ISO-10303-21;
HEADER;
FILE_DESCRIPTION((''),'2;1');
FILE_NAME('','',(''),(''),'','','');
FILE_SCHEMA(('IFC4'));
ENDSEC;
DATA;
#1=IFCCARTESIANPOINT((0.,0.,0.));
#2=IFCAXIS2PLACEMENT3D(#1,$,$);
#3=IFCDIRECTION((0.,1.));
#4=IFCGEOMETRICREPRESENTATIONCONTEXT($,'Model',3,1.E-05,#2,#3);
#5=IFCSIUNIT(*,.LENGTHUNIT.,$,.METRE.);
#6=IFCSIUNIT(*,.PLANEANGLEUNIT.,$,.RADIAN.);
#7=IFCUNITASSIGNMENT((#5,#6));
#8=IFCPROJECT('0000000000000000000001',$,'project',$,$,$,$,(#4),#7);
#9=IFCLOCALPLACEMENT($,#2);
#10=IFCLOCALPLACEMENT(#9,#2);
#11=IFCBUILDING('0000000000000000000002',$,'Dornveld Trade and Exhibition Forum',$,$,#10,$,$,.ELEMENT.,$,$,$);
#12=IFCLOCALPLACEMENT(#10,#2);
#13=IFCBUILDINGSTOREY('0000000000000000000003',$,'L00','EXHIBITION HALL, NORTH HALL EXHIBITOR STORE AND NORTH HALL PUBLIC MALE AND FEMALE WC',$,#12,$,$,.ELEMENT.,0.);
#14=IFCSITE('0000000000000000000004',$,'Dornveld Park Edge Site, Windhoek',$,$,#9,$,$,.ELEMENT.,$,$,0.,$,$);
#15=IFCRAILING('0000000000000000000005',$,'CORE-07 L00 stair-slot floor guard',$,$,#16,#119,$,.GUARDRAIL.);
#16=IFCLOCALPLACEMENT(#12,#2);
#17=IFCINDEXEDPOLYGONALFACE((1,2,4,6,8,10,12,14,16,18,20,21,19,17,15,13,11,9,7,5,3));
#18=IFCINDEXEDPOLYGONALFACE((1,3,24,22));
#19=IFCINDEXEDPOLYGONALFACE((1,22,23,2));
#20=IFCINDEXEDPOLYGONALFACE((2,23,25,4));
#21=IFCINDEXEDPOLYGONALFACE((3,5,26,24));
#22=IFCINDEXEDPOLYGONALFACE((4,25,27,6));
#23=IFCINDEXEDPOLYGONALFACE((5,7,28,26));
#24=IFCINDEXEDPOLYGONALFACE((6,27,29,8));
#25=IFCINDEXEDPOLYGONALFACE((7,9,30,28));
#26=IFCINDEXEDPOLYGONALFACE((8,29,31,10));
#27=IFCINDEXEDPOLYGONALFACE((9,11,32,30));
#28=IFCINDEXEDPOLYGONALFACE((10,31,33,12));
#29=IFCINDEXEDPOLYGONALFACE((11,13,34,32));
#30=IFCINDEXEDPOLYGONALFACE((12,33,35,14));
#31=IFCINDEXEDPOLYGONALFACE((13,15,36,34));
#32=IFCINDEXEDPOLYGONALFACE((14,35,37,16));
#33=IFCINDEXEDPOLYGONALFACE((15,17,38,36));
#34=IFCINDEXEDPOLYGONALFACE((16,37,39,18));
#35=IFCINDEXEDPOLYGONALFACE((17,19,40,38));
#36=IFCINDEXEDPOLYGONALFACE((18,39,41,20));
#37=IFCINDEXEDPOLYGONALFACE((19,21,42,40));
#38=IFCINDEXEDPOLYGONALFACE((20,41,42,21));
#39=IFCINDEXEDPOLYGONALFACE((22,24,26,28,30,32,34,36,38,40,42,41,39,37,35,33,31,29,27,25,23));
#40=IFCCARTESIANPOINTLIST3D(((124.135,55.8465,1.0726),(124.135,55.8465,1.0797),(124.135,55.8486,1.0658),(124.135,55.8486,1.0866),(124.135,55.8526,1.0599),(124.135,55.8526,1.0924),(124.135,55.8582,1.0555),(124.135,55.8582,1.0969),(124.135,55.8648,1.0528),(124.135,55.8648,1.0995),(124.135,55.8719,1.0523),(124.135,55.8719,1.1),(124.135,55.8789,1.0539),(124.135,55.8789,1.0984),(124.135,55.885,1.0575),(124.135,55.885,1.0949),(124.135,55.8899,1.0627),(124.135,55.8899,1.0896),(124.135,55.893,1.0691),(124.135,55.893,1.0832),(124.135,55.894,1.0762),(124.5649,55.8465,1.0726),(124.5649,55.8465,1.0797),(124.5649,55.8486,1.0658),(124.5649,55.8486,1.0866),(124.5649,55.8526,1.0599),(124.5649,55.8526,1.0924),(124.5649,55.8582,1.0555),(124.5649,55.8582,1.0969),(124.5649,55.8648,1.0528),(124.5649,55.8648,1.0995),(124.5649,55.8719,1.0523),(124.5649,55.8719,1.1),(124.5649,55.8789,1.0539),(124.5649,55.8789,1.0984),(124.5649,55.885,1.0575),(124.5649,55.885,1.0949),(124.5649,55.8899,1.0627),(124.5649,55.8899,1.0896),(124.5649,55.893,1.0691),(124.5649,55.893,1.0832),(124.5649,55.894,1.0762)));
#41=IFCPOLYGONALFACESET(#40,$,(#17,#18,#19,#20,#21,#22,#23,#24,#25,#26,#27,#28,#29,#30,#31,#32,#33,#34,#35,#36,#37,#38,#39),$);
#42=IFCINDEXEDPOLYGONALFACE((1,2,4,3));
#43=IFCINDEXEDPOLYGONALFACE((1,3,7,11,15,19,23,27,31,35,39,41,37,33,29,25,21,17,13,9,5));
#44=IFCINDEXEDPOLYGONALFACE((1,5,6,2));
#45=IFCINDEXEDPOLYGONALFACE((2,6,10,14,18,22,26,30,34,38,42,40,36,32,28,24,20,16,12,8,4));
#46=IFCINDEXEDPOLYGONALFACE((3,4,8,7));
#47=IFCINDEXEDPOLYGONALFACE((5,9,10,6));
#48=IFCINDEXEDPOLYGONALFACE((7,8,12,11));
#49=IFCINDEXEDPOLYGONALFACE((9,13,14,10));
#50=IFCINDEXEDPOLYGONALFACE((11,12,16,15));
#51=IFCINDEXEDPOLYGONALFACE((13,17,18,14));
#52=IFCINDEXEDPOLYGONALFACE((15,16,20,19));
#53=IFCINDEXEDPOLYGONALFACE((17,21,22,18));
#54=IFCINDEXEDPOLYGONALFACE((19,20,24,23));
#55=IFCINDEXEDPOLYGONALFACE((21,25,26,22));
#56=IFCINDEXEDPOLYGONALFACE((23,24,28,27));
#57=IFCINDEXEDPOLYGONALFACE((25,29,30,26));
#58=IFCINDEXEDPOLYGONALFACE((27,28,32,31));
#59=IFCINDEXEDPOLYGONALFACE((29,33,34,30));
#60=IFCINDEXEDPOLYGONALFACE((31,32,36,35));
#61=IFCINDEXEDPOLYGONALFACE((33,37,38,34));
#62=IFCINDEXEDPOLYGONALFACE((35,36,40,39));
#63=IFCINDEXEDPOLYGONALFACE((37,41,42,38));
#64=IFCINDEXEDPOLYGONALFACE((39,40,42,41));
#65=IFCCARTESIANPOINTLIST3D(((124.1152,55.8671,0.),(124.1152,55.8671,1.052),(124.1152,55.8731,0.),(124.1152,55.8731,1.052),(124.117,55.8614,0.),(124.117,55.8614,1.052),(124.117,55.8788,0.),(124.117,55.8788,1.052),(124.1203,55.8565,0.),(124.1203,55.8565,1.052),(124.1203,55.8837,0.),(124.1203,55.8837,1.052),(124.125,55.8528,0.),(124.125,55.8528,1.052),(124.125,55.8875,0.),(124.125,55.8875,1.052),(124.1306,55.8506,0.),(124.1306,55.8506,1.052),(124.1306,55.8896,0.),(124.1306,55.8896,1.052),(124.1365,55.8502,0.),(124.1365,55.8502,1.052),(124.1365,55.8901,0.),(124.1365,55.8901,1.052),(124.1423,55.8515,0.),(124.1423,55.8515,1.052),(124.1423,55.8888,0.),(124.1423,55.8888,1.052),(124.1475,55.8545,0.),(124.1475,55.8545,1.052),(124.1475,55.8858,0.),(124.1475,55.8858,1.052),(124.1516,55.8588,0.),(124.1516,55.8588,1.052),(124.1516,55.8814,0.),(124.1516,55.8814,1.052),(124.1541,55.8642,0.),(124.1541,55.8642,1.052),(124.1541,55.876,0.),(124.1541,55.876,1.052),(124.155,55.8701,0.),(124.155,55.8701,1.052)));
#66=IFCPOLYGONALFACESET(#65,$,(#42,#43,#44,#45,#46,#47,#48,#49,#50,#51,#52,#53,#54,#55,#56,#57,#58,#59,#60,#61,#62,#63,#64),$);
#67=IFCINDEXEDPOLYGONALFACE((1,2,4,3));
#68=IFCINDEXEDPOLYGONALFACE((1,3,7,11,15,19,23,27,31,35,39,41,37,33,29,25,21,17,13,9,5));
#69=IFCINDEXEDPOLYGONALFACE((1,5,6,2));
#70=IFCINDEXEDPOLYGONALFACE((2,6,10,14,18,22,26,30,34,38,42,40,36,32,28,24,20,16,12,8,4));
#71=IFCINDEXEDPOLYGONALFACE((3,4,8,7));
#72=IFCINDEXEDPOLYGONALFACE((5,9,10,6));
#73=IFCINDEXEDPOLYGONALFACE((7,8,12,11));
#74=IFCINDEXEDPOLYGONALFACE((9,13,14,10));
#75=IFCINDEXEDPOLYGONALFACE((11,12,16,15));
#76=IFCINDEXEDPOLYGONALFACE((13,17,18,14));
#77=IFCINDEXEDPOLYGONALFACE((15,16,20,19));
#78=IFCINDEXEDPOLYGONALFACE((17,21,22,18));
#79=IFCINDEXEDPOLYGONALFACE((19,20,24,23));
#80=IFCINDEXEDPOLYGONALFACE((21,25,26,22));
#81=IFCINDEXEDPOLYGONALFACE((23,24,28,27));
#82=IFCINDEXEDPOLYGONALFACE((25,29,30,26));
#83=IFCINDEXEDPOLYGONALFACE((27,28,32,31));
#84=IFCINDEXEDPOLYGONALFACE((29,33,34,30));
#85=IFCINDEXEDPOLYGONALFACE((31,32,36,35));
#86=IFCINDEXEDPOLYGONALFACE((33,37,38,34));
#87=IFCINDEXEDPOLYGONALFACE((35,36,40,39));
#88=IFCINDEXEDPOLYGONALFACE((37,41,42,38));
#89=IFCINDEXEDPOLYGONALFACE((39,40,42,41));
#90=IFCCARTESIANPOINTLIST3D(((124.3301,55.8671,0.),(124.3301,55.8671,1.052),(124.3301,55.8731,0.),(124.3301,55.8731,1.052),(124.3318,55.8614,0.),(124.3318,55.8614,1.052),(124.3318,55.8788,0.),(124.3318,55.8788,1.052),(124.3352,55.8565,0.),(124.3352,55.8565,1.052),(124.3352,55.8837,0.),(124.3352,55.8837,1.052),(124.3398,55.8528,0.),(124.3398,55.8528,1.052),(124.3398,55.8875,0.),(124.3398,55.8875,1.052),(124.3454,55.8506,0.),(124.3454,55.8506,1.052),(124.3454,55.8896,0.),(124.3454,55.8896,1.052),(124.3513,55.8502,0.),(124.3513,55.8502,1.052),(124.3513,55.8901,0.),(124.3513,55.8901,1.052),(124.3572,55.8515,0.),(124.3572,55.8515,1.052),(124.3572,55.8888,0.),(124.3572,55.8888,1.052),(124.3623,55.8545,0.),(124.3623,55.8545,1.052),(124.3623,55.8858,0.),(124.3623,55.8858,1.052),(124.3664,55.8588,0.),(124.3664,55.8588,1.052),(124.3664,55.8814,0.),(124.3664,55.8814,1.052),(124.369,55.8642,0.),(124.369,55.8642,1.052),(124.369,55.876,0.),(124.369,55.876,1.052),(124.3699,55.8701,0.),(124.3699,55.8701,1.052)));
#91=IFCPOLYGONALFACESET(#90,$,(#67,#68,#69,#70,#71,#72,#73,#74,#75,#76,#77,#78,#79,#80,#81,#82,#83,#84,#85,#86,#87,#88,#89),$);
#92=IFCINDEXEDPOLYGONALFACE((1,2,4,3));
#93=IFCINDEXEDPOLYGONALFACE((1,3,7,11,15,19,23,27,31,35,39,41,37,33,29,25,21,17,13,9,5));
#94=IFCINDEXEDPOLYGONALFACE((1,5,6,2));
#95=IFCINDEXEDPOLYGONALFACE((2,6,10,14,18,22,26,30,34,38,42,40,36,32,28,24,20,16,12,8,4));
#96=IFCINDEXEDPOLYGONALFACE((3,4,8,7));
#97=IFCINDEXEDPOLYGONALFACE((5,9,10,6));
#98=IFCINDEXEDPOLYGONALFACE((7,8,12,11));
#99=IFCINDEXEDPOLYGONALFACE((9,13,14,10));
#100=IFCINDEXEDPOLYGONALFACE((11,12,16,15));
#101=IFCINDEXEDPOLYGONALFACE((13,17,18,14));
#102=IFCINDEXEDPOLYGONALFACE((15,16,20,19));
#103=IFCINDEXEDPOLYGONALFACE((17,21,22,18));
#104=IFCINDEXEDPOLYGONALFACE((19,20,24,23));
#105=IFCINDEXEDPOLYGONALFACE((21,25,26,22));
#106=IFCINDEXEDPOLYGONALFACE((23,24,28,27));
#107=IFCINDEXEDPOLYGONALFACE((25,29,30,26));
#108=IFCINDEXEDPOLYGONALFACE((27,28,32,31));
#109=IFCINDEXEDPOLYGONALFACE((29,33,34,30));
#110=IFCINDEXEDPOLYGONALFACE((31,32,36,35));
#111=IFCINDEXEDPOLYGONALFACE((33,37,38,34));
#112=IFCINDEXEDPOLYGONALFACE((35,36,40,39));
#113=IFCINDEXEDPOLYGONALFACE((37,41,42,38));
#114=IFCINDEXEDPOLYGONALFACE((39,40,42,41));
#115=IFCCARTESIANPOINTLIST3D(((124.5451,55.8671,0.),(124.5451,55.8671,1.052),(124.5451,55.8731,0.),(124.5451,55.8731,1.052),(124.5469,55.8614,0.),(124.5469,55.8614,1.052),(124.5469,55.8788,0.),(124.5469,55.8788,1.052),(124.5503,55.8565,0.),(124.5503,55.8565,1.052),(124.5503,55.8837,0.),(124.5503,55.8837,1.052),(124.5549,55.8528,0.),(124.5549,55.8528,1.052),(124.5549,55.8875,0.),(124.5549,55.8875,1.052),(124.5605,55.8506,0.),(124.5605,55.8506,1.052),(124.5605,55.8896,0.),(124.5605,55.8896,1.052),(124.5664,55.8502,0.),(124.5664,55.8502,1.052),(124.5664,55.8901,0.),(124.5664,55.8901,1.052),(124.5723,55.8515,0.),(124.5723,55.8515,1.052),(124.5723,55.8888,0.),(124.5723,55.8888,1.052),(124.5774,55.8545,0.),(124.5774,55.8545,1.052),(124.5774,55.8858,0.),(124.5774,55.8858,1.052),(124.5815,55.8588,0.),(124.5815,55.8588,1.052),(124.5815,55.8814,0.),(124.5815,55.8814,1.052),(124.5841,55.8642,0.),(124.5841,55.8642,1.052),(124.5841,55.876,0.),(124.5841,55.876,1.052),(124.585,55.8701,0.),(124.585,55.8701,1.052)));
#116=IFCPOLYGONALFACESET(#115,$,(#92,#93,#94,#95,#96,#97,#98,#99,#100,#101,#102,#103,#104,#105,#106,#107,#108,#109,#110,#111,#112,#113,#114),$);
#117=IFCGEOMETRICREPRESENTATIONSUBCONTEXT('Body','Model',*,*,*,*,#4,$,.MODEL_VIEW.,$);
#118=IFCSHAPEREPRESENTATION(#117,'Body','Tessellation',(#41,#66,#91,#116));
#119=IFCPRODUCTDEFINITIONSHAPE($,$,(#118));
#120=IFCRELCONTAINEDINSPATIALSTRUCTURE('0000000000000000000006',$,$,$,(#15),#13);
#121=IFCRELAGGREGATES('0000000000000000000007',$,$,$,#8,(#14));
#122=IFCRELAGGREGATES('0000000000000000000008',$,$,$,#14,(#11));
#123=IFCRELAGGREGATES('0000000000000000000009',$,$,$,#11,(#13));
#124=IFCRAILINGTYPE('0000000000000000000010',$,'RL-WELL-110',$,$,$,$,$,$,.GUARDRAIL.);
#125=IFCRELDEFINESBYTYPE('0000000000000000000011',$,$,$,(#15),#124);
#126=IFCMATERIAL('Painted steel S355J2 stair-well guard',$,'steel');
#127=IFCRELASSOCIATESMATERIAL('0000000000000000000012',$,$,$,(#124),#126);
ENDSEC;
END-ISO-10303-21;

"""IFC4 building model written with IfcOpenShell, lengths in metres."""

from ifc_helpers import new_model, si_unit, direction, frame, origin, origin_2d, place, context, subcontext, project, spatial, circle, extrude, material, type_object, element, save


model = new_model("IFC4")

# Units and contexts
model_context = context("Model", 3, precision=1e-05, world=origin(), true_north=direction((0.0, 1.0)))
body_context = subcontext(model_context, "Body", "Model", "MODEL_VIEW")
ifc_project = project(units=[si_unit("LENGTHUNIT", "METRE"), si_unit("PLANEANGLEUNIT", "RADIAN")], contexts=[model_context])

# Site, building, storey
site_placement = place(None, origin())
site = spatial("IfcSite", under=ifc_project, at=site_placement, Name="Dornveld Park Edge Site, Windhoek", CompositionType="ELEMENT", RefElevation=0.0)
building_placement = place(site_placement, origin())
building = spatial("IfcBuilding", under=site, at=building_placement, Name="Dornveld Trade and Exhibition Forum", CompositionType="ELEMENT")
storey_placement = place(building_placement, origin())
storey = spatial("IfcBuildingStorey", under=building, at=storey_placement, Name="L00", Description="EXHIBITION HALL, NORTH HALL EXHIBITOR STORE AND NORTH HALL PUBLIC MALE AND FEMALE WC", CompositionType="ELEMENT", Elevation=0.0)

# Railing
ifc_material_1 = material(Name="Painted steel S355J2 stair-well guard", Category="steel")
railing_type_1 = type_object("IfcRailingType", Name="RL-WELL-110", PredefinedType="GUARDRAIL", material=ifc_material_1)
railing_1_placement = place(storey_placement, frame((124.135, 55.8701, 0.0)))
element("IfcRailing", 1, at=railing_1_placement, inside=storey, type_object=railing_type_1, Name="CORE-07 L00 stair-slot floor guard", PredefinedType="GUARDRAIL", context=body_context, shape_type="SweptSolid", body=[
    extrude(circle(Radius=0.0239, at=origin_2d()), frame((0.0, 0.0, 1.0762), z_axis=(1.0, 0.0, 0.0), x_axis=(0.0, 1.0, 0.0)), (0.0, 0.0, 1.0), 0.4299),
    extrude(circle(Radius=0.02, at=origin_2d()), origin(), (0.0, 0.0, 1.0), 1.052),
    extrude(circle(Radius=0.02, at=origin_2d()), frame((0.2148, 0.0, 0.0)), (0.0, 0.0, 1.0), 1.052),
    extrude(circle(Radius=0.02, at=origin_2d()), frame((0.4299, 0.0, 0.0)), (0.0, 0.0, 1.0), 1.052),
])

save(model, "model.ifc")
